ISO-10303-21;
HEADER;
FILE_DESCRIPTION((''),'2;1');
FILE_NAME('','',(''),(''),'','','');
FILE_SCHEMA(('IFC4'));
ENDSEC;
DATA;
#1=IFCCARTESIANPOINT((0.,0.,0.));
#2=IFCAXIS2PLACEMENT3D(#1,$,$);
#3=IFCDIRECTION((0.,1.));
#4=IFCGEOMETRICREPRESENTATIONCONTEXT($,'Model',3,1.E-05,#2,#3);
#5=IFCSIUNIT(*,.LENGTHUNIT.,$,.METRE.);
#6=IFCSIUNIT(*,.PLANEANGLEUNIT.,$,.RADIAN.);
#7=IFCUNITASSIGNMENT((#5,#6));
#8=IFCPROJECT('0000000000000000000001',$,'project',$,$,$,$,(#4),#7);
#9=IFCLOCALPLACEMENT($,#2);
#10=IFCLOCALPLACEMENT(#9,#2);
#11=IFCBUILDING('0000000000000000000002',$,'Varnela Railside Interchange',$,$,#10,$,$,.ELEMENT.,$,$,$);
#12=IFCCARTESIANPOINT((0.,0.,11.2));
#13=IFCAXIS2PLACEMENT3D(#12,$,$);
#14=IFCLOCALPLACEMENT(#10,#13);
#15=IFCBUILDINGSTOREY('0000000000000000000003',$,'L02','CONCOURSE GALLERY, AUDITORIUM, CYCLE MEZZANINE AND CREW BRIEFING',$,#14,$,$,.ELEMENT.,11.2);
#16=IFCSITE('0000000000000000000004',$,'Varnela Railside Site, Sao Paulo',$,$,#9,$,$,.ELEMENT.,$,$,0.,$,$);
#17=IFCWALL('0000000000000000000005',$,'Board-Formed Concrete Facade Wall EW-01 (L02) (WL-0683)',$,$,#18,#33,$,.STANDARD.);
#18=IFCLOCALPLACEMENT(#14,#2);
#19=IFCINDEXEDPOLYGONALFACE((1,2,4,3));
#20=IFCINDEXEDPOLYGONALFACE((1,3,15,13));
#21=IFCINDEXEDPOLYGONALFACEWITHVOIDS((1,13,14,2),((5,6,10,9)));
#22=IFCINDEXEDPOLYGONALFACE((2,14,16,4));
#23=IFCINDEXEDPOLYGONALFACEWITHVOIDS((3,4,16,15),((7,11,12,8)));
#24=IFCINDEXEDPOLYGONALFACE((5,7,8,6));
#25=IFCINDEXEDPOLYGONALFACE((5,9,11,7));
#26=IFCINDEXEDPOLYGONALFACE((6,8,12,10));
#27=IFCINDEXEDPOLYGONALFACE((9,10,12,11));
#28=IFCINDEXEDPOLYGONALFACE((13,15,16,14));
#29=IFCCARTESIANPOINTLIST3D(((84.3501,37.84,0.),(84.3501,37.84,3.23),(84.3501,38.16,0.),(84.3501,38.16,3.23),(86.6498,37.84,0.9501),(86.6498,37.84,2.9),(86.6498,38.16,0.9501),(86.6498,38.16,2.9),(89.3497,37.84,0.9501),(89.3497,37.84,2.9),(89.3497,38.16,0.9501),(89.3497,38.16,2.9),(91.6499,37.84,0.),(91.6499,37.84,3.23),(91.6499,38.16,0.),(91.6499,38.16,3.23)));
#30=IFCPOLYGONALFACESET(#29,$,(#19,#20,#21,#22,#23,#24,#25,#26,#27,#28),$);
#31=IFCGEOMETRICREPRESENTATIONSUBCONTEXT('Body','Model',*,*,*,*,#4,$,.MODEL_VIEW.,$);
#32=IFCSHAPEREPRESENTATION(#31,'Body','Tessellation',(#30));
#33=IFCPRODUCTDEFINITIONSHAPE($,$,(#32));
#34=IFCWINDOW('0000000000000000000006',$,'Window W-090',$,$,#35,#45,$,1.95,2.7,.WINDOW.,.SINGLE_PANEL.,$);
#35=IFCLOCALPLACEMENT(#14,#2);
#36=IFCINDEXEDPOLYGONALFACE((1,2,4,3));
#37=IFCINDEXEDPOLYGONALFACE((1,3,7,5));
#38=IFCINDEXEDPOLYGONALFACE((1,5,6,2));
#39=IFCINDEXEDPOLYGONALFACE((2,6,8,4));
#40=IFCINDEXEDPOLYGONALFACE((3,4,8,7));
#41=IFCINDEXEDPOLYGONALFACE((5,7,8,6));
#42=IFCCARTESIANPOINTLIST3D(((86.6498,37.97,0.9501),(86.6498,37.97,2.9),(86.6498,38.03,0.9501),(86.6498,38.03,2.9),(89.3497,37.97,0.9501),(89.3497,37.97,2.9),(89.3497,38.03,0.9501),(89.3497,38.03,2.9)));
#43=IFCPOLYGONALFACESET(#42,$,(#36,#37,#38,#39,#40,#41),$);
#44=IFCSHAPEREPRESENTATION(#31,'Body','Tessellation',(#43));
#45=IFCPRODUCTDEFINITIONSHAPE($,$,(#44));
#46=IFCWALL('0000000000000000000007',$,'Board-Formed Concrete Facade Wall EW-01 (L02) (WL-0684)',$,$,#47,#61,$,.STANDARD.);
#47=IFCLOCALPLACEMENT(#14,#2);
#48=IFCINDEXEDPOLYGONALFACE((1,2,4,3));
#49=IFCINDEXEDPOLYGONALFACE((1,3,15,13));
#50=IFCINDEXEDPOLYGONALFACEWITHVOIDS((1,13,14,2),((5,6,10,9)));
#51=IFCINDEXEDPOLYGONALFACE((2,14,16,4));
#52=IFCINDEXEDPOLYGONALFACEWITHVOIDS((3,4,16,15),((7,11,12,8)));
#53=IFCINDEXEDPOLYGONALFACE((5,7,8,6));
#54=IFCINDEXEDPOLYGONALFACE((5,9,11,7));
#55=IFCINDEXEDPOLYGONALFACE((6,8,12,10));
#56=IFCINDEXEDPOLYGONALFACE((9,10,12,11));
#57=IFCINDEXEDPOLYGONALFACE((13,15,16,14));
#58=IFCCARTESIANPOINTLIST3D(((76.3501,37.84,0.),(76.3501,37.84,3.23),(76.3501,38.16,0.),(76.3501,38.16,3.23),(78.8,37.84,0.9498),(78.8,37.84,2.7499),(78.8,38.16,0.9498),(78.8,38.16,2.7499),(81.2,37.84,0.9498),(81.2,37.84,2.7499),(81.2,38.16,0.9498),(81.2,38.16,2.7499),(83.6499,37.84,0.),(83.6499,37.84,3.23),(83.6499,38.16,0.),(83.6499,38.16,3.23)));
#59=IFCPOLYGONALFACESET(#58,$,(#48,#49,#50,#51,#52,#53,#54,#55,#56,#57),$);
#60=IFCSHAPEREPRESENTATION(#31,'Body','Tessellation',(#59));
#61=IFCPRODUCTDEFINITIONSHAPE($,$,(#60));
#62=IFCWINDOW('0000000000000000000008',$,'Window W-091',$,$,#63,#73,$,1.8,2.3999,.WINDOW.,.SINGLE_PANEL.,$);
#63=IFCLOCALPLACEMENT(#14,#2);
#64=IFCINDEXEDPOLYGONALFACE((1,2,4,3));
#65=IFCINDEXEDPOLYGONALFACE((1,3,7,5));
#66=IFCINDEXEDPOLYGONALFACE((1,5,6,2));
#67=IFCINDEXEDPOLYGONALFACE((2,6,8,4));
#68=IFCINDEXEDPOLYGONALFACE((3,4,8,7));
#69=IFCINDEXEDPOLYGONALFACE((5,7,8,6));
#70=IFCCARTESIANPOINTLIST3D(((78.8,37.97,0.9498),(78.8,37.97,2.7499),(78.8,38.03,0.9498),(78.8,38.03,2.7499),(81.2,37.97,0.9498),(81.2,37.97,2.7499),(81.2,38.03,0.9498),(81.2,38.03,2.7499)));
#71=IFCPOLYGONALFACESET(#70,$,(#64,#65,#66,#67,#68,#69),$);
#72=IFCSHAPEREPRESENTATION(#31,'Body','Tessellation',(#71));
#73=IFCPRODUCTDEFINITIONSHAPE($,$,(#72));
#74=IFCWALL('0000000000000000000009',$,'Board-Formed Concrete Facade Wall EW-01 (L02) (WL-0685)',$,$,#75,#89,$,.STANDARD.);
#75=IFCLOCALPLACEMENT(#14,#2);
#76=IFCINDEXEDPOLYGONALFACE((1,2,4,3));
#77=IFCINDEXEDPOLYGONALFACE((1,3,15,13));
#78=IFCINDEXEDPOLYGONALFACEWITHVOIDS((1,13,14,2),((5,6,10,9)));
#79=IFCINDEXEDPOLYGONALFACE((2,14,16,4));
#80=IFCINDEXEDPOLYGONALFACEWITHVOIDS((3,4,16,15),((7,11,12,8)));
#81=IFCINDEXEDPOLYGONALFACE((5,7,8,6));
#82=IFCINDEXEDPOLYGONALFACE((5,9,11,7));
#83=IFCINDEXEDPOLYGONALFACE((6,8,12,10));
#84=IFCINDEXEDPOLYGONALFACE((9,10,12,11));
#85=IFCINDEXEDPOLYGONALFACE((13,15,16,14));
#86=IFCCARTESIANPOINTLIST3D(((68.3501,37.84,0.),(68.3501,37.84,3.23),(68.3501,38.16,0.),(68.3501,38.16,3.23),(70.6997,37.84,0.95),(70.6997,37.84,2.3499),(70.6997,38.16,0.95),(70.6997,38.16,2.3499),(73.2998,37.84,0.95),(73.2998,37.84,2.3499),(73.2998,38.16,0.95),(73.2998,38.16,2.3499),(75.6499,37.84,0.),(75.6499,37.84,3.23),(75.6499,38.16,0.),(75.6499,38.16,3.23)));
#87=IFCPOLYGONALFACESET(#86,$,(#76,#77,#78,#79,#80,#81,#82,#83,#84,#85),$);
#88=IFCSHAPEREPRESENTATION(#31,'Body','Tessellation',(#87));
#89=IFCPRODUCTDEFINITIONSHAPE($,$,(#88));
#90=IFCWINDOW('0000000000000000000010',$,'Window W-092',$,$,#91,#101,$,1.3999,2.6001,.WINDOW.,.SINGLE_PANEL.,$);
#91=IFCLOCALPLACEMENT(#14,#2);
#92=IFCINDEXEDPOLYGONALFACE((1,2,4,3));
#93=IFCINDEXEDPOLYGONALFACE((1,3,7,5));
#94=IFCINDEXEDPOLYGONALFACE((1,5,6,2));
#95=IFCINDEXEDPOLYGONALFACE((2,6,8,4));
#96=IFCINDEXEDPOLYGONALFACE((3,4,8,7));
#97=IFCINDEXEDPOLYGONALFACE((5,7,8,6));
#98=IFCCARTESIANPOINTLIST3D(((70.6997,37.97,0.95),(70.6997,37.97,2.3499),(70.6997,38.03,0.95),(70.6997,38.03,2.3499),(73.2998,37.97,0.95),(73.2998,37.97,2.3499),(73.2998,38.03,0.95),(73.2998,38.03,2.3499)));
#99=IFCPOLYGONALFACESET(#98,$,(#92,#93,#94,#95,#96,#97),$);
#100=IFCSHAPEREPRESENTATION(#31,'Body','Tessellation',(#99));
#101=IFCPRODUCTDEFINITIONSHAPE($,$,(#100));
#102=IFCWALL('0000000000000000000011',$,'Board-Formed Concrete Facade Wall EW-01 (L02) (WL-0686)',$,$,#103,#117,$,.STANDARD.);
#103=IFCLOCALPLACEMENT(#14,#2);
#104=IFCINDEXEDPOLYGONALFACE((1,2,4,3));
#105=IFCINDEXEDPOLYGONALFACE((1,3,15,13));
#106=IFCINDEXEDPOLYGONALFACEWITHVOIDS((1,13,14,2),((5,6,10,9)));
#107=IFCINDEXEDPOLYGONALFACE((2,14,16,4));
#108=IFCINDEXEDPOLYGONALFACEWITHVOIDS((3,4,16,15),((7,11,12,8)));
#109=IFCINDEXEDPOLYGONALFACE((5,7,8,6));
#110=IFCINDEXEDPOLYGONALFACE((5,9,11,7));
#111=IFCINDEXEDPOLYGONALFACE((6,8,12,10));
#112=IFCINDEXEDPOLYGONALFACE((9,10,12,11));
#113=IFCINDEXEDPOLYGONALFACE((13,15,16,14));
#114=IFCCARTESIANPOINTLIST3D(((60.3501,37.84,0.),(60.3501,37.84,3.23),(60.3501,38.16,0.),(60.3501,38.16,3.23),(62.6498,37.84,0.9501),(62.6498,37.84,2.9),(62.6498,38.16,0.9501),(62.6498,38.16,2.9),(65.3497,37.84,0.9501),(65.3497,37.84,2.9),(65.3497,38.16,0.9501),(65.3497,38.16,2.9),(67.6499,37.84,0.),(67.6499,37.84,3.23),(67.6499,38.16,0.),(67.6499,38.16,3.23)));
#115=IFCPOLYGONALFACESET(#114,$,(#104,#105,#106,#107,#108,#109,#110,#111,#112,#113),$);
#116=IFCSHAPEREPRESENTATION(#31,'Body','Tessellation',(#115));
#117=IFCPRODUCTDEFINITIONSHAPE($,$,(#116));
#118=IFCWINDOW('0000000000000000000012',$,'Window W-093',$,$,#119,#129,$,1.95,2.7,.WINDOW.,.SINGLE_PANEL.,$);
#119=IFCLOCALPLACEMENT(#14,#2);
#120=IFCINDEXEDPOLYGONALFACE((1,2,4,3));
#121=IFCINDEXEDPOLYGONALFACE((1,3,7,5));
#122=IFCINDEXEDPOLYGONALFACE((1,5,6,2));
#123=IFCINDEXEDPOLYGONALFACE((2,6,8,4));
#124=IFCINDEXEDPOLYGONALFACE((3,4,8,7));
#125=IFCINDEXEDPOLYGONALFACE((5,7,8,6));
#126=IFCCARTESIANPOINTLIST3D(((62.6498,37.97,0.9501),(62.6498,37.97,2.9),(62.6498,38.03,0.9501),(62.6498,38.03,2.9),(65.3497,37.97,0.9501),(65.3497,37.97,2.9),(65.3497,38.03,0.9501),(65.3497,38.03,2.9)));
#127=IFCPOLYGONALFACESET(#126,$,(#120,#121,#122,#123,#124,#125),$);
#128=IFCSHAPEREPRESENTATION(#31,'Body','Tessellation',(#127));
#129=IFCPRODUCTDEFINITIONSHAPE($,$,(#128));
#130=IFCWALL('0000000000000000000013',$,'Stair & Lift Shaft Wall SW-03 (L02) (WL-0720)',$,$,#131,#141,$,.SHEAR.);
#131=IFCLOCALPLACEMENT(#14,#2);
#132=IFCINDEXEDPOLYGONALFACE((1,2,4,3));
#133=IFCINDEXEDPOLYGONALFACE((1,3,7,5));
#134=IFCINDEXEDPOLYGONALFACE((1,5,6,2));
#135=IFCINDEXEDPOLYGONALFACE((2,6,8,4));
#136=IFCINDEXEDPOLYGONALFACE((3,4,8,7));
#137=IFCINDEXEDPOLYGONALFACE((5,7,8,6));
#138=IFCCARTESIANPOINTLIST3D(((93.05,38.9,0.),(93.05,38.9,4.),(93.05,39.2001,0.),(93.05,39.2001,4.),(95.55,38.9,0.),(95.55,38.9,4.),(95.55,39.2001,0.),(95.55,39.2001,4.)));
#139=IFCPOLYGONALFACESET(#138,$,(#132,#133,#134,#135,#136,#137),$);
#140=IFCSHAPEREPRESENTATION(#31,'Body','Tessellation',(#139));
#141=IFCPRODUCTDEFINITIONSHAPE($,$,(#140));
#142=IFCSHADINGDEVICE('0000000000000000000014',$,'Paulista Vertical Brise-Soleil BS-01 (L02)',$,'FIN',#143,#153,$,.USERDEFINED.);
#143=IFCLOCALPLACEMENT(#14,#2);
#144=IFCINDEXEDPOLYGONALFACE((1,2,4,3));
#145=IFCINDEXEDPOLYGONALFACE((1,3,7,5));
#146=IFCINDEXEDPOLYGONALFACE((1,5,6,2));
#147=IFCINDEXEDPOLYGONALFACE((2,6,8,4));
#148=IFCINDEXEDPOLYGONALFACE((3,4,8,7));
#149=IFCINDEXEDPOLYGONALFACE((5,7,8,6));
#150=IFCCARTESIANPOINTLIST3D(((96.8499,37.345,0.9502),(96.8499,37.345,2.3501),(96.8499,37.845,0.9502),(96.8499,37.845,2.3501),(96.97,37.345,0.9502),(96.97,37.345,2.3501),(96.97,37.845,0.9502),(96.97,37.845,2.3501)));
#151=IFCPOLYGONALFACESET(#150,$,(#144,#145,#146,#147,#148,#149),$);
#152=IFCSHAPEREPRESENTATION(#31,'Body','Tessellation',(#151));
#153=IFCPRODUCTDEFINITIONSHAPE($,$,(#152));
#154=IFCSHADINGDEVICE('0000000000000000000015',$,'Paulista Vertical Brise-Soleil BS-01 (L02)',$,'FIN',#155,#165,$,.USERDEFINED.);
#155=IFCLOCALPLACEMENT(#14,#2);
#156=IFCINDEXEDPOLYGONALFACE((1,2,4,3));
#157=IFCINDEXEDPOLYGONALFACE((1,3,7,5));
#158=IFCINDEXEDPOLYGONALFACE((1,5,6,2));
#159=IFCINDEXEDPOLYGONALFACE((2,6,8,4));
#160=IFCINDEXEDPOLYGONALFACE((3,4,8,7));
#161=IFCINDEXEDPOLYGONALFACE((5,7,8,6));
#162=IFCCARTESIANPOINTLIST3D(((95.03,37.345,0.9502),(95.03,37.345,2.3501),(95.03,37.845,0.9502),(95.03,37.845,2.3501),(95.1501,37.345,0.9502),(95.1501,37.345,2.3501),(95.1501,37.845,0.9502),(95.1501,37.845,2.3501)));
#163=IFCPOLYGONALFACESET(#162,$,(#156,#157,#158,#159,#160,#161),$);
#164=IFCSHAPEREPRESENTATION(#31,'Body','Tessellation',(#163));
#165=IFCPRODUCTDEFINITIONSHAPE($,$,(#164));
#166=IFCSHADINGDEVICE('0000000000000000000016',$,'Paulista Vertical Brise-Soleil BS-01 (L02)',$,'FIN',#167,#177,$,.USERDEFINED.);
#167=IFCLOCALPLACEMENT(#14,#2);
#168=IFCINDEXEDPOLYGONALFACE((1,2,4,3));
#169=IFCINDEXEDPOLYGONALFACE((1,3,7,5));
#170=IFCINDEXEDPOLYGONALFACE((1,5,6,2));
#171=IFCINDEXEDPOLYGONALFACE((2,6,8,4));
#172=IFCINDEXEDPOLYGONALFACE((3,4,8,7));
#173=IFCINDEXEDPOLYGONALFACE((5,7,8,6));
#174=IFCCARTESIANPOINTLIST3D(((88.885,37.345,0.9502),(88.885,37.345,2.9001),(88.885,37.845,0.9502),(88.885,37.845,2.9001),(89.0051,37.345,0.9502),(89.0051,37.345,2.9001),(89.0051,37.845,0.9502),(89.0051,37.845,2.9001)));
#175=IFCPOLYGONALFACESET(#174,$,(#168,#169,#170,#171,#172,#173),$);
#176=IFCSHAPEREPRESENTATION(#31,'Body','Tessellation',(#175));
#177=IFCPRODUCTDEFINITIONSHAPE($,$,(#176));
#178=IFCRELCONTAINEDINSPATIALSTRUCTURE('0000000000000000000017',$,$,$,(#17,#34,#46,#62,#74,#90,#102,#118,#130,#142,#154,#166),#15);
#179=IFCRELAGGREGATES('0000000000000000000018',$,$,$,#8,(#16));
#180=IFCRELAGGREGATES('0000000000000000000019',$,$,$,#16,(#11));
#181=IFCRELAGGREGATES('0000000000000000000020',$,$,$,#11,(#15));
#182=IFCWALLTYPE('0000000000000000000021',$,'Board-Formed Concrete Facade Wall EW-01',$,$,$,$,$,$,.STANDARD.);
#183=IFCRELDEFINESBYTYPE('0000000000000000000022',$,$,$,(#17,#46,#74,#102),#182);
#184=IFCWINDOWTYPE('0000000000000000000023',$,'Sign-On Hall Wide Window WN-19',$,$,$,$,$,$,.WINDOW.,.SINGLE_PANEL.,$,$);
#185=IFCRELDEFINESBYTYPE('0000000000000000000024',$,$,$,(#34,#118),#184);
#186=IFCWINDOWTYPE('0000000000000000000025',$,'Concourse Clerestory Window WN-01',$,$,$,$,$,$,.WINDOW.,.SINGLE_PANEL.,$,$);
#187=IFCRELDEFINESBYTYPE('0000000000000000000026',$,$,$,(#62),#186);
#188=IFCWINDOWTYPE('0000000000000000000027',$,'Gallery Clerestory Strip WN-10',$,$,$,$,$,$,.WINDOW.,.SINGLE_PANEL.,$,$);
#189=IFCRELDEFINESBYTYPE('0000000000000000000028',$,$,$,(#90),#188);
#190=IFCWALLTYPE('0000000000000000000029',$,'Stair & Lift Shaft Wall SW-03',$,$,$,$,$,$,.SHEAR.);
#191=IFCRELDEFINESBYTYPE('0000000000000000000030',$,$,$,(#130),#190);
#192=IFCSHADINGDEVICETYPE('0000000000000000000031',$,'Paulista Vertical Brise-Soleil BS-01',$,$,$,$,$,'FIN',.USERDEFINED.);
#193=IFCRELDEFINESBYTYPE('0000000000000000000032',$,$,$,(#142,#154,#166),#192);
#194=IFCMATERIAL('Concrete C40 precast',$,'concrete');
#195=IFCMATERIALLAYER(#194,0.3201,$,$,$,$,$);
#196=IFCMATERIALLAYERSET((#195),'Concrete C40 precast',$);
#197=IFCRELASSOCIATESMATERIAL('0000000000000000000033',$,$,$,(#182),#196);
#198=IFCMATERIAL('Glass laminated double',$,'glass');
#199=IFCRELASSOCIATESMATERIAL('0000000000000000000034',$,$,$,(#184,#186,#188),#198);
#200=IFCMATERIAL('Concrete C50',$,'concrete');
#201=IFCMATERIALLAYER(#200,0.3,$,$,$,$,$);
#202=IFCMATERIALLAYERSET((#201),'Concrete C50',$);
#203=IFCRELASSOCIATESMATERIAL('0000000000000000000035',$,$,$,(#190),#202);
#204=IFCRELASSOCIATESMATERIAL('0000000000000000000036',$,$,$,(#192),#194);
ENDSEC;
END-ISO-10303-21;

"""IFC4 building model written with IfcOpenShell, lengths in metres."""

from ifc_helpers import new_model, si_unit, direction, frame, frame_2d, origin, origin_2d, place, context, subcontext, project, spatial, rectangle, extrude, material, layer, layer_set, type_object, element, fill, save


model = new_model("IFC4")

# Units and contexts
model_context = context("Model", 3, precision=1e-05, world=origin(), true_north=direction((0.0, 1.0)))
body_context = subcontext(model_context, "Body", "Model", "MODEL_VIEW")
ifc_project = project(units=[si_unit("LENGTHUNIT", "METRE"), si_unit("PLANEANGLEUNIT", "RADIAN")], contexts=[model_context])

# Site, building, storey
site_placement = place(None, origin())
site = spatial("IfcSite", under=ifc_project, at=site_placement, Name="Varnela Railside Site, Sao Paulo", CompositionType="ELEMENT", RefElevation=0.0)
building_placement = place(site_placement, origin())
building = spatial("IfcBuilding", under=site, at=building_placement, Name="Varnela Railside Interchange", CompositionType="ELEMENT")
storey_placement = place(building_placement, frame((0.0, 0.0, 11.2)))
storey = spatial("IfcBuildingStorey", under=building, at=storey_placement, Name="L02", Description="CONCOURSE GALLERY, AUDITORIUM, CYCLE MEZZANINE AND CREW BRIEFING", CompositionType="ELEMENT", Elevation=11.2)

# Shared definitions
ifc_material_1 = material(Name="Concrete C50", Category="concrete")

# Walls, openings, windows
ifc_material_2 = material(Name="Concrete C40 precast", Category="concrete")
ifc_layer_1 = layer(ifc_material_2, 0.3201)
ifc_layer_set_1 = layer_set([ifc_layer_1], Name="Concrete C40 precast")
wall_type_1 = type_object("IfcWallType", Name="Board-Formed Concrete Facade Wall EW-01", PredefinedType="STANDARD", material=ifc_layer_set_1)
wall_1_placement = place(storey_placement, frame((91.6499, 38.0, 0.0), z_axis=(0.0, 0.0, 1.0), x_axis=(-1.0, 0.0, 0.0)))
wall_1 = element("IfcWall", 1, at=wall_1_placement, inside=storey, type_object=wall_type_1, Name="Board-Formed Concrete Facade Wall EW-01 (L02) (WL-0683)", PredefinedType="STANDARD", context=body_context, shape_type="SweptSolid", body=[
    extrude(rectangle(XDim=7.2998, YDim=0.3201, at=frame_2d((3.6499, 0.0))), origin(), (0.0, 0.0, 1.0), 3.23),
])
opening_1_placement = place(wall_1_placement, frame((2.3, 0.0, 0.95)))
opening_1 = element("IfcOpeningElement", 2, at=opening_1_placement, cuts=wall_1, PredefinedType="OPENING", context=body_context, shape_type="SweptSolid", body=[
    extrude(rectangle(XDim=2.7, YDim=1.95, at=frame_2d((1.3501, 0.9751))), frame((0.0, 0.1699, 0.0), z_axis=(0.0, -1.0, 0.0), x_axis=(1.0, 0.0, 0.0)), (0.0, 0.0, 1.0), 0.3401),
])
ifc_material_3 = material(Name="Glass laminated double", Category="glass")
window_type_1 = type_object("IfcWindowType", Name="Sign-On Hall Wide Window WN-19", PartitioningType="SINGLE_PANEL", PredefinedType="WINDOW", material=ifc_material_3)
window_1_placement = place(opening_1_placement, origin())
window_1 = element("IfcWindow", 3, at=window_1_placement, inside=storey, type_object=window_type_1, Name="Window W-090", OverallHeight=1.95, OverallWidth=2.7, PartitioningType="SINGLE_PANEL", PredefinedType="WINDOW", context=body_context, shape_type="SweptSolid", body=[
    extrude(rectangle(XDim=2.7, YDim=1.95, at=frame_2d((1.3501, 0.9751))), frame((0.0, 0.03, 0.0), z_axis=(0.0, -1.0, 0.0), x_axis=(1.0, 0.0, 0.0)), (0.0, 0.0, 1.0), 0.0601),
])
fill(opening_1, window_1)
wall_2_placement = place(storey_placement, frame((83.6499, 38.0, 0.0), z_axis=(0.0, 0.0, 1.0), x_axis=(-1.0, 0.0, 0.0)))
wall_2 = element("IfcWall", 4, at=wall_2_placement, inside=storey, type_object=wall_type_1, Name="Board-Formed Concrete Facade Wall EW-01 (L02) (WL-0684)", PredefinedType="STANDARD", context=body_context, shape_type="SweptSolid", body=[
    extrude(rectangle(XDim=7.2998, YDim=0.3201, at=frame_2d((3.6499, 0.0))), origin(), (0.0, 0.0, 1.0), 3.23),
])
opening_2_placement = place(wall_2_placement, frame((2.45, 0.0, 0.95)))
opening_2 = element("IfcOpeningElement", 5, at=opening_2_placement, cuts=wall_2, PredefinedType="OPENING", context=body_context, shape_type="SweptSolid", body=[
    extrude(rectangle(XDim=2.3999, YDim=1.8, at=frame_2d((1.2, 0.8999))), frame((0.0, 0.1699, 0.0), z_axis=(0.0, -1.0, 0.0), x_axis=(1.0, 0.0, 0.0)), (0.0, 0.0, 1.0), 0.3401),
])
window_type_2 = type_object("IfcWindowType", Name="Concourse Clerestory Window WN-01", PartitioningType="SINGLE_PANEL", PredefinedType="WINDOW", material=ifc_material_3)
window_2_placement = place(opening_2_placement, origin())
window_2 = element("IfcWindow", 6, at=window_2_placement, inside=storey, type_object=window_type_2, Name="Window W-091", OverallHeight=1.8, OverallWidth=2.3999, PartitioningType="SINGLE_PANEL", PredefinedType="WINDOW", context=body_context, shape_type="SweptSolid", body=[
    extrude(rectangle(XDim=2.3999, YDim=1.8, at=frame_2d((1.2, 0.8999))), frame((0.0, 0.03, 0.0), z_axis=(0.0, -1.0, 0.0), x_axis=(1.0, 0.0, 0.0)), (0.0, 0.0, 1.0), 0.0601),
])
fill(opening_2, window_2)
wall_3_placement = place(storey_placement, frame((75.6499, 38.0, 0.0), z_axis=(0.0, 0.0, 1.0), x_axis=(-1.0, 0.0, 0.0)))
wall_3 = element("IfcWall", 7, at=wall_3_placement, inside=storey, type_object=wall_type_1, Name="Board-Formed Concrete Facade Wall EW-01 (L02) (WL-0685)", PredefinedType="STANDARD", context=body_context, shape_type="SweptSolid", body=[
    extrude(rectangle(XDim=7.2998, YDim=0.3201, at=frame_2d((3.6499, 0.0))), origin(), (0.0, 0.0, 1.0), 3.23),
])
opening_3_placement = place(wall_3_placement, frame((2.3501, 0.0, 0.95)))
opening_3 = element("IfcOpeningElement", 8, at=opening_3_placement, cuts=wall_3, PredefinedType="OPENING", context=body_context, shape_type="SweptSolid", body=[
    extrude(rectangle(XDim=2.6001, YDim=1.3999, at=frame_2d((1.3, 0.7))), frame((0.0, 0.1699, 0.0), z_axis=(0.0, -1.0, 0.0), x_axis=(1.0, 0.0, 0.0)), (0.0, 0.0, 1.0), 0.3401),
])
window_type_3 = type_object("IfcWindowType", Name="Gallery Clerestory Strip WN-10", PartitioningType="SINGLE_PANEL", PredefinedType="WINDOW", material=ifc_material_3)
window_3_placement = place(opening_3_placement, origin())
window_3 = element("IfcWindow", 9, at=window_3_placement, inside=storey, type_object=window_type_3, Name="Window W-092", OverallHeight=1.3999, OverallWidth=2.6001, PartitioningType="SINGLE_PANEL", PredefinedType="WINDOW", context=body_context, shape_type="SweptSolid", body=[
    extrude(rectangle(XDim=2.6001, YDim=1.3999, at=frame_2d((1.3, 0.7))), frame((0.0, 0.03, 0.0), z_axis=(0.0, -1.0, 0.0), x_axis=(1.0, 0.0, 0.0)), (0.0, 0.0, 1.0), 0.0601),
])
fill(opening_3, window_3)
wall_4_placement = place(storey_placement, frame((67.6499, 38.0, 0.0), z_axis=(0.0, 0.0, 1.0), x_axis=(-1.0, 0.0, 0.0)))
wall_4 = element("IfcWall", 10, at=wall_4_placement, inside=storey, type_object=wall_type_1, Name="Board-Formed Concrete Facade Wall EW-01 (L02) (WL-0686)", PredefinedType="STANDARD", context=body_context, shape_type="SweptSolid", body=[
    extrude(rectangle(XDim=7.2998, YDim=0.3201, at=frame_2d((3.6499, 0.0))), origin(), (0.0, 0.0, 1.0), 3.23),
])
opening_4_placement = place(wall_4_placement, frame((2.3, 0.0, 0.95)))
opening_4 = element("IfcOpeningElement", 11, at=opening_4_placement, cuts=wall_4, PredefinedType="OPENING", context=body_context, shape_type="SweptSolid", body=[
    extrude(rectangle(XDim=2.7, YDim=1.95, at=frame_2d((1.3501, 0.9751))), frame((0.0, 0.1699, 0.0), z_axis=(0.0, -1.0, 0.0), x_axis=(1.0, 0.0, 0.0)), (0.0, 0.0, 1.0), 0.3401),
])
window_4_placement = place(opening_4_placement, origin())
window_4 = element("IfcWindow", 12, at=window_4_placement, inside=storey, type_object=window_type_1, Name="Window W-093", OverallHeight=1.95, OverallWidth=2.7, PartitioningType="SINGLE_PANEL", PredefinedType="WINDOW", context=body_context, shape_type="SweptSolid", body=[
    extrude(rectangle(XDim=2.7, YDim=1.95, at=frame_2d((1.3501, 0.9751))), frame((0.0, 0.03, 0.0), z_axis=(0.0, -1.0, 0.0), x_axis=(1.0, 0.0, 0.0)), (0.0, 0.0, 1.0), 0.0601),
])
fill(opening_4, window_4)

# Wall
ifc_layer_2 = layer(ifc_material_1, 0.3)
ifc_layer_set_2 = layer_set([ifc_layer_2], Name="Concrete C50")
wall_type_2 = type_object("IfcWallType", Name="Stair & Lift Shaft Wall SW-03", PredefinedType="SHEAR", material=ifc_layer_set_2)
wall_5_placement = place(storey_placement, frame((93.05, 39.05, 0.0), z_axis=(0.0, 0.0, 1.0), x_axis=(1.0, 0.0, 0.0)))
element("IfcWall", 13, at=wall_5_placement, inside=storey, type_object=wall_type_2, Name="Stair & Lift Shaft Wall SW-03 (L02) (WL-0720)", PredefinedType="SHEAR", context=body_context, shape_type="SweptSolid", body=[
    extrude(rectangle(XDim=2.5, YDim=0.3, at=frame_2d((1.25, 0.0))), origin(), (0.0, 0.0, 1.0), 4.0),
])

# Shading devices
shading_device_type = type_object("IfcShadingDeviceType", Name="Paulista Vertical Brise-Soleil BS-01", ElementType="FIN", PredefinedType="USERDEFINED", material=ifc_material_2)
for number, where, z_axis, x_axis, name in (
    (14, (96.9099, 37.595, 0.9502), (0.0, 0.0, 1.0), (0.0, -1.0, 0.0), "Paulista Vertical Brise-Soleil BS-01 (L02)"),
    (15, (95.0901, 37.595, 0.9502), (0.0, 0.0, 1.0), (0.0, -1.0, 0.0), "Paulista Vertical Brise-Soleil BS-01 (L02)"),
):
    element("IfcShadingDevice", number, at=place(storey_placement, frame(where, z_axis=z_axis, x_axis=x_axis)), inside=storey, type_object=shading_device_type, Name=name, ObjectType="FIN", PredefinedType="USERDEFINED", context=body_context, shape_type="SweptSolid", body=[
        extrude(rectangle(XDim=0.5, YDim=0.1201, at=origin_2d()), origin(), (0.0, 0.0, 1.0), 1.3999),
    ])
for number, where, z_axis, x_axis, name in (
    (16, (88.9451, 37.595, 0.9502), (0.0, 0.0, 1.0), (0.0, -1.0, 0.0), "Paulista Vertical Brise-Soleil BS-01 (L02)"),
):
    element("IfcShadingDevice", number, at=place(storey_placement, frame(where, z_axis=z_axis, x_axis=x_axis)), inside=storey, type_object=shading_device_type, Name=name, ObjectType="FIN", PredefinedType="USERDEFINED", context=body_context, shape_type="SweptSolid", body=[
        extrude(rectangle(XDim=0.5, YDim=0.1201, at=origin_2d()), origin(), (0.0, 0.0, 1.0), 1.95),
    ])

save(model, "model.ifc")
